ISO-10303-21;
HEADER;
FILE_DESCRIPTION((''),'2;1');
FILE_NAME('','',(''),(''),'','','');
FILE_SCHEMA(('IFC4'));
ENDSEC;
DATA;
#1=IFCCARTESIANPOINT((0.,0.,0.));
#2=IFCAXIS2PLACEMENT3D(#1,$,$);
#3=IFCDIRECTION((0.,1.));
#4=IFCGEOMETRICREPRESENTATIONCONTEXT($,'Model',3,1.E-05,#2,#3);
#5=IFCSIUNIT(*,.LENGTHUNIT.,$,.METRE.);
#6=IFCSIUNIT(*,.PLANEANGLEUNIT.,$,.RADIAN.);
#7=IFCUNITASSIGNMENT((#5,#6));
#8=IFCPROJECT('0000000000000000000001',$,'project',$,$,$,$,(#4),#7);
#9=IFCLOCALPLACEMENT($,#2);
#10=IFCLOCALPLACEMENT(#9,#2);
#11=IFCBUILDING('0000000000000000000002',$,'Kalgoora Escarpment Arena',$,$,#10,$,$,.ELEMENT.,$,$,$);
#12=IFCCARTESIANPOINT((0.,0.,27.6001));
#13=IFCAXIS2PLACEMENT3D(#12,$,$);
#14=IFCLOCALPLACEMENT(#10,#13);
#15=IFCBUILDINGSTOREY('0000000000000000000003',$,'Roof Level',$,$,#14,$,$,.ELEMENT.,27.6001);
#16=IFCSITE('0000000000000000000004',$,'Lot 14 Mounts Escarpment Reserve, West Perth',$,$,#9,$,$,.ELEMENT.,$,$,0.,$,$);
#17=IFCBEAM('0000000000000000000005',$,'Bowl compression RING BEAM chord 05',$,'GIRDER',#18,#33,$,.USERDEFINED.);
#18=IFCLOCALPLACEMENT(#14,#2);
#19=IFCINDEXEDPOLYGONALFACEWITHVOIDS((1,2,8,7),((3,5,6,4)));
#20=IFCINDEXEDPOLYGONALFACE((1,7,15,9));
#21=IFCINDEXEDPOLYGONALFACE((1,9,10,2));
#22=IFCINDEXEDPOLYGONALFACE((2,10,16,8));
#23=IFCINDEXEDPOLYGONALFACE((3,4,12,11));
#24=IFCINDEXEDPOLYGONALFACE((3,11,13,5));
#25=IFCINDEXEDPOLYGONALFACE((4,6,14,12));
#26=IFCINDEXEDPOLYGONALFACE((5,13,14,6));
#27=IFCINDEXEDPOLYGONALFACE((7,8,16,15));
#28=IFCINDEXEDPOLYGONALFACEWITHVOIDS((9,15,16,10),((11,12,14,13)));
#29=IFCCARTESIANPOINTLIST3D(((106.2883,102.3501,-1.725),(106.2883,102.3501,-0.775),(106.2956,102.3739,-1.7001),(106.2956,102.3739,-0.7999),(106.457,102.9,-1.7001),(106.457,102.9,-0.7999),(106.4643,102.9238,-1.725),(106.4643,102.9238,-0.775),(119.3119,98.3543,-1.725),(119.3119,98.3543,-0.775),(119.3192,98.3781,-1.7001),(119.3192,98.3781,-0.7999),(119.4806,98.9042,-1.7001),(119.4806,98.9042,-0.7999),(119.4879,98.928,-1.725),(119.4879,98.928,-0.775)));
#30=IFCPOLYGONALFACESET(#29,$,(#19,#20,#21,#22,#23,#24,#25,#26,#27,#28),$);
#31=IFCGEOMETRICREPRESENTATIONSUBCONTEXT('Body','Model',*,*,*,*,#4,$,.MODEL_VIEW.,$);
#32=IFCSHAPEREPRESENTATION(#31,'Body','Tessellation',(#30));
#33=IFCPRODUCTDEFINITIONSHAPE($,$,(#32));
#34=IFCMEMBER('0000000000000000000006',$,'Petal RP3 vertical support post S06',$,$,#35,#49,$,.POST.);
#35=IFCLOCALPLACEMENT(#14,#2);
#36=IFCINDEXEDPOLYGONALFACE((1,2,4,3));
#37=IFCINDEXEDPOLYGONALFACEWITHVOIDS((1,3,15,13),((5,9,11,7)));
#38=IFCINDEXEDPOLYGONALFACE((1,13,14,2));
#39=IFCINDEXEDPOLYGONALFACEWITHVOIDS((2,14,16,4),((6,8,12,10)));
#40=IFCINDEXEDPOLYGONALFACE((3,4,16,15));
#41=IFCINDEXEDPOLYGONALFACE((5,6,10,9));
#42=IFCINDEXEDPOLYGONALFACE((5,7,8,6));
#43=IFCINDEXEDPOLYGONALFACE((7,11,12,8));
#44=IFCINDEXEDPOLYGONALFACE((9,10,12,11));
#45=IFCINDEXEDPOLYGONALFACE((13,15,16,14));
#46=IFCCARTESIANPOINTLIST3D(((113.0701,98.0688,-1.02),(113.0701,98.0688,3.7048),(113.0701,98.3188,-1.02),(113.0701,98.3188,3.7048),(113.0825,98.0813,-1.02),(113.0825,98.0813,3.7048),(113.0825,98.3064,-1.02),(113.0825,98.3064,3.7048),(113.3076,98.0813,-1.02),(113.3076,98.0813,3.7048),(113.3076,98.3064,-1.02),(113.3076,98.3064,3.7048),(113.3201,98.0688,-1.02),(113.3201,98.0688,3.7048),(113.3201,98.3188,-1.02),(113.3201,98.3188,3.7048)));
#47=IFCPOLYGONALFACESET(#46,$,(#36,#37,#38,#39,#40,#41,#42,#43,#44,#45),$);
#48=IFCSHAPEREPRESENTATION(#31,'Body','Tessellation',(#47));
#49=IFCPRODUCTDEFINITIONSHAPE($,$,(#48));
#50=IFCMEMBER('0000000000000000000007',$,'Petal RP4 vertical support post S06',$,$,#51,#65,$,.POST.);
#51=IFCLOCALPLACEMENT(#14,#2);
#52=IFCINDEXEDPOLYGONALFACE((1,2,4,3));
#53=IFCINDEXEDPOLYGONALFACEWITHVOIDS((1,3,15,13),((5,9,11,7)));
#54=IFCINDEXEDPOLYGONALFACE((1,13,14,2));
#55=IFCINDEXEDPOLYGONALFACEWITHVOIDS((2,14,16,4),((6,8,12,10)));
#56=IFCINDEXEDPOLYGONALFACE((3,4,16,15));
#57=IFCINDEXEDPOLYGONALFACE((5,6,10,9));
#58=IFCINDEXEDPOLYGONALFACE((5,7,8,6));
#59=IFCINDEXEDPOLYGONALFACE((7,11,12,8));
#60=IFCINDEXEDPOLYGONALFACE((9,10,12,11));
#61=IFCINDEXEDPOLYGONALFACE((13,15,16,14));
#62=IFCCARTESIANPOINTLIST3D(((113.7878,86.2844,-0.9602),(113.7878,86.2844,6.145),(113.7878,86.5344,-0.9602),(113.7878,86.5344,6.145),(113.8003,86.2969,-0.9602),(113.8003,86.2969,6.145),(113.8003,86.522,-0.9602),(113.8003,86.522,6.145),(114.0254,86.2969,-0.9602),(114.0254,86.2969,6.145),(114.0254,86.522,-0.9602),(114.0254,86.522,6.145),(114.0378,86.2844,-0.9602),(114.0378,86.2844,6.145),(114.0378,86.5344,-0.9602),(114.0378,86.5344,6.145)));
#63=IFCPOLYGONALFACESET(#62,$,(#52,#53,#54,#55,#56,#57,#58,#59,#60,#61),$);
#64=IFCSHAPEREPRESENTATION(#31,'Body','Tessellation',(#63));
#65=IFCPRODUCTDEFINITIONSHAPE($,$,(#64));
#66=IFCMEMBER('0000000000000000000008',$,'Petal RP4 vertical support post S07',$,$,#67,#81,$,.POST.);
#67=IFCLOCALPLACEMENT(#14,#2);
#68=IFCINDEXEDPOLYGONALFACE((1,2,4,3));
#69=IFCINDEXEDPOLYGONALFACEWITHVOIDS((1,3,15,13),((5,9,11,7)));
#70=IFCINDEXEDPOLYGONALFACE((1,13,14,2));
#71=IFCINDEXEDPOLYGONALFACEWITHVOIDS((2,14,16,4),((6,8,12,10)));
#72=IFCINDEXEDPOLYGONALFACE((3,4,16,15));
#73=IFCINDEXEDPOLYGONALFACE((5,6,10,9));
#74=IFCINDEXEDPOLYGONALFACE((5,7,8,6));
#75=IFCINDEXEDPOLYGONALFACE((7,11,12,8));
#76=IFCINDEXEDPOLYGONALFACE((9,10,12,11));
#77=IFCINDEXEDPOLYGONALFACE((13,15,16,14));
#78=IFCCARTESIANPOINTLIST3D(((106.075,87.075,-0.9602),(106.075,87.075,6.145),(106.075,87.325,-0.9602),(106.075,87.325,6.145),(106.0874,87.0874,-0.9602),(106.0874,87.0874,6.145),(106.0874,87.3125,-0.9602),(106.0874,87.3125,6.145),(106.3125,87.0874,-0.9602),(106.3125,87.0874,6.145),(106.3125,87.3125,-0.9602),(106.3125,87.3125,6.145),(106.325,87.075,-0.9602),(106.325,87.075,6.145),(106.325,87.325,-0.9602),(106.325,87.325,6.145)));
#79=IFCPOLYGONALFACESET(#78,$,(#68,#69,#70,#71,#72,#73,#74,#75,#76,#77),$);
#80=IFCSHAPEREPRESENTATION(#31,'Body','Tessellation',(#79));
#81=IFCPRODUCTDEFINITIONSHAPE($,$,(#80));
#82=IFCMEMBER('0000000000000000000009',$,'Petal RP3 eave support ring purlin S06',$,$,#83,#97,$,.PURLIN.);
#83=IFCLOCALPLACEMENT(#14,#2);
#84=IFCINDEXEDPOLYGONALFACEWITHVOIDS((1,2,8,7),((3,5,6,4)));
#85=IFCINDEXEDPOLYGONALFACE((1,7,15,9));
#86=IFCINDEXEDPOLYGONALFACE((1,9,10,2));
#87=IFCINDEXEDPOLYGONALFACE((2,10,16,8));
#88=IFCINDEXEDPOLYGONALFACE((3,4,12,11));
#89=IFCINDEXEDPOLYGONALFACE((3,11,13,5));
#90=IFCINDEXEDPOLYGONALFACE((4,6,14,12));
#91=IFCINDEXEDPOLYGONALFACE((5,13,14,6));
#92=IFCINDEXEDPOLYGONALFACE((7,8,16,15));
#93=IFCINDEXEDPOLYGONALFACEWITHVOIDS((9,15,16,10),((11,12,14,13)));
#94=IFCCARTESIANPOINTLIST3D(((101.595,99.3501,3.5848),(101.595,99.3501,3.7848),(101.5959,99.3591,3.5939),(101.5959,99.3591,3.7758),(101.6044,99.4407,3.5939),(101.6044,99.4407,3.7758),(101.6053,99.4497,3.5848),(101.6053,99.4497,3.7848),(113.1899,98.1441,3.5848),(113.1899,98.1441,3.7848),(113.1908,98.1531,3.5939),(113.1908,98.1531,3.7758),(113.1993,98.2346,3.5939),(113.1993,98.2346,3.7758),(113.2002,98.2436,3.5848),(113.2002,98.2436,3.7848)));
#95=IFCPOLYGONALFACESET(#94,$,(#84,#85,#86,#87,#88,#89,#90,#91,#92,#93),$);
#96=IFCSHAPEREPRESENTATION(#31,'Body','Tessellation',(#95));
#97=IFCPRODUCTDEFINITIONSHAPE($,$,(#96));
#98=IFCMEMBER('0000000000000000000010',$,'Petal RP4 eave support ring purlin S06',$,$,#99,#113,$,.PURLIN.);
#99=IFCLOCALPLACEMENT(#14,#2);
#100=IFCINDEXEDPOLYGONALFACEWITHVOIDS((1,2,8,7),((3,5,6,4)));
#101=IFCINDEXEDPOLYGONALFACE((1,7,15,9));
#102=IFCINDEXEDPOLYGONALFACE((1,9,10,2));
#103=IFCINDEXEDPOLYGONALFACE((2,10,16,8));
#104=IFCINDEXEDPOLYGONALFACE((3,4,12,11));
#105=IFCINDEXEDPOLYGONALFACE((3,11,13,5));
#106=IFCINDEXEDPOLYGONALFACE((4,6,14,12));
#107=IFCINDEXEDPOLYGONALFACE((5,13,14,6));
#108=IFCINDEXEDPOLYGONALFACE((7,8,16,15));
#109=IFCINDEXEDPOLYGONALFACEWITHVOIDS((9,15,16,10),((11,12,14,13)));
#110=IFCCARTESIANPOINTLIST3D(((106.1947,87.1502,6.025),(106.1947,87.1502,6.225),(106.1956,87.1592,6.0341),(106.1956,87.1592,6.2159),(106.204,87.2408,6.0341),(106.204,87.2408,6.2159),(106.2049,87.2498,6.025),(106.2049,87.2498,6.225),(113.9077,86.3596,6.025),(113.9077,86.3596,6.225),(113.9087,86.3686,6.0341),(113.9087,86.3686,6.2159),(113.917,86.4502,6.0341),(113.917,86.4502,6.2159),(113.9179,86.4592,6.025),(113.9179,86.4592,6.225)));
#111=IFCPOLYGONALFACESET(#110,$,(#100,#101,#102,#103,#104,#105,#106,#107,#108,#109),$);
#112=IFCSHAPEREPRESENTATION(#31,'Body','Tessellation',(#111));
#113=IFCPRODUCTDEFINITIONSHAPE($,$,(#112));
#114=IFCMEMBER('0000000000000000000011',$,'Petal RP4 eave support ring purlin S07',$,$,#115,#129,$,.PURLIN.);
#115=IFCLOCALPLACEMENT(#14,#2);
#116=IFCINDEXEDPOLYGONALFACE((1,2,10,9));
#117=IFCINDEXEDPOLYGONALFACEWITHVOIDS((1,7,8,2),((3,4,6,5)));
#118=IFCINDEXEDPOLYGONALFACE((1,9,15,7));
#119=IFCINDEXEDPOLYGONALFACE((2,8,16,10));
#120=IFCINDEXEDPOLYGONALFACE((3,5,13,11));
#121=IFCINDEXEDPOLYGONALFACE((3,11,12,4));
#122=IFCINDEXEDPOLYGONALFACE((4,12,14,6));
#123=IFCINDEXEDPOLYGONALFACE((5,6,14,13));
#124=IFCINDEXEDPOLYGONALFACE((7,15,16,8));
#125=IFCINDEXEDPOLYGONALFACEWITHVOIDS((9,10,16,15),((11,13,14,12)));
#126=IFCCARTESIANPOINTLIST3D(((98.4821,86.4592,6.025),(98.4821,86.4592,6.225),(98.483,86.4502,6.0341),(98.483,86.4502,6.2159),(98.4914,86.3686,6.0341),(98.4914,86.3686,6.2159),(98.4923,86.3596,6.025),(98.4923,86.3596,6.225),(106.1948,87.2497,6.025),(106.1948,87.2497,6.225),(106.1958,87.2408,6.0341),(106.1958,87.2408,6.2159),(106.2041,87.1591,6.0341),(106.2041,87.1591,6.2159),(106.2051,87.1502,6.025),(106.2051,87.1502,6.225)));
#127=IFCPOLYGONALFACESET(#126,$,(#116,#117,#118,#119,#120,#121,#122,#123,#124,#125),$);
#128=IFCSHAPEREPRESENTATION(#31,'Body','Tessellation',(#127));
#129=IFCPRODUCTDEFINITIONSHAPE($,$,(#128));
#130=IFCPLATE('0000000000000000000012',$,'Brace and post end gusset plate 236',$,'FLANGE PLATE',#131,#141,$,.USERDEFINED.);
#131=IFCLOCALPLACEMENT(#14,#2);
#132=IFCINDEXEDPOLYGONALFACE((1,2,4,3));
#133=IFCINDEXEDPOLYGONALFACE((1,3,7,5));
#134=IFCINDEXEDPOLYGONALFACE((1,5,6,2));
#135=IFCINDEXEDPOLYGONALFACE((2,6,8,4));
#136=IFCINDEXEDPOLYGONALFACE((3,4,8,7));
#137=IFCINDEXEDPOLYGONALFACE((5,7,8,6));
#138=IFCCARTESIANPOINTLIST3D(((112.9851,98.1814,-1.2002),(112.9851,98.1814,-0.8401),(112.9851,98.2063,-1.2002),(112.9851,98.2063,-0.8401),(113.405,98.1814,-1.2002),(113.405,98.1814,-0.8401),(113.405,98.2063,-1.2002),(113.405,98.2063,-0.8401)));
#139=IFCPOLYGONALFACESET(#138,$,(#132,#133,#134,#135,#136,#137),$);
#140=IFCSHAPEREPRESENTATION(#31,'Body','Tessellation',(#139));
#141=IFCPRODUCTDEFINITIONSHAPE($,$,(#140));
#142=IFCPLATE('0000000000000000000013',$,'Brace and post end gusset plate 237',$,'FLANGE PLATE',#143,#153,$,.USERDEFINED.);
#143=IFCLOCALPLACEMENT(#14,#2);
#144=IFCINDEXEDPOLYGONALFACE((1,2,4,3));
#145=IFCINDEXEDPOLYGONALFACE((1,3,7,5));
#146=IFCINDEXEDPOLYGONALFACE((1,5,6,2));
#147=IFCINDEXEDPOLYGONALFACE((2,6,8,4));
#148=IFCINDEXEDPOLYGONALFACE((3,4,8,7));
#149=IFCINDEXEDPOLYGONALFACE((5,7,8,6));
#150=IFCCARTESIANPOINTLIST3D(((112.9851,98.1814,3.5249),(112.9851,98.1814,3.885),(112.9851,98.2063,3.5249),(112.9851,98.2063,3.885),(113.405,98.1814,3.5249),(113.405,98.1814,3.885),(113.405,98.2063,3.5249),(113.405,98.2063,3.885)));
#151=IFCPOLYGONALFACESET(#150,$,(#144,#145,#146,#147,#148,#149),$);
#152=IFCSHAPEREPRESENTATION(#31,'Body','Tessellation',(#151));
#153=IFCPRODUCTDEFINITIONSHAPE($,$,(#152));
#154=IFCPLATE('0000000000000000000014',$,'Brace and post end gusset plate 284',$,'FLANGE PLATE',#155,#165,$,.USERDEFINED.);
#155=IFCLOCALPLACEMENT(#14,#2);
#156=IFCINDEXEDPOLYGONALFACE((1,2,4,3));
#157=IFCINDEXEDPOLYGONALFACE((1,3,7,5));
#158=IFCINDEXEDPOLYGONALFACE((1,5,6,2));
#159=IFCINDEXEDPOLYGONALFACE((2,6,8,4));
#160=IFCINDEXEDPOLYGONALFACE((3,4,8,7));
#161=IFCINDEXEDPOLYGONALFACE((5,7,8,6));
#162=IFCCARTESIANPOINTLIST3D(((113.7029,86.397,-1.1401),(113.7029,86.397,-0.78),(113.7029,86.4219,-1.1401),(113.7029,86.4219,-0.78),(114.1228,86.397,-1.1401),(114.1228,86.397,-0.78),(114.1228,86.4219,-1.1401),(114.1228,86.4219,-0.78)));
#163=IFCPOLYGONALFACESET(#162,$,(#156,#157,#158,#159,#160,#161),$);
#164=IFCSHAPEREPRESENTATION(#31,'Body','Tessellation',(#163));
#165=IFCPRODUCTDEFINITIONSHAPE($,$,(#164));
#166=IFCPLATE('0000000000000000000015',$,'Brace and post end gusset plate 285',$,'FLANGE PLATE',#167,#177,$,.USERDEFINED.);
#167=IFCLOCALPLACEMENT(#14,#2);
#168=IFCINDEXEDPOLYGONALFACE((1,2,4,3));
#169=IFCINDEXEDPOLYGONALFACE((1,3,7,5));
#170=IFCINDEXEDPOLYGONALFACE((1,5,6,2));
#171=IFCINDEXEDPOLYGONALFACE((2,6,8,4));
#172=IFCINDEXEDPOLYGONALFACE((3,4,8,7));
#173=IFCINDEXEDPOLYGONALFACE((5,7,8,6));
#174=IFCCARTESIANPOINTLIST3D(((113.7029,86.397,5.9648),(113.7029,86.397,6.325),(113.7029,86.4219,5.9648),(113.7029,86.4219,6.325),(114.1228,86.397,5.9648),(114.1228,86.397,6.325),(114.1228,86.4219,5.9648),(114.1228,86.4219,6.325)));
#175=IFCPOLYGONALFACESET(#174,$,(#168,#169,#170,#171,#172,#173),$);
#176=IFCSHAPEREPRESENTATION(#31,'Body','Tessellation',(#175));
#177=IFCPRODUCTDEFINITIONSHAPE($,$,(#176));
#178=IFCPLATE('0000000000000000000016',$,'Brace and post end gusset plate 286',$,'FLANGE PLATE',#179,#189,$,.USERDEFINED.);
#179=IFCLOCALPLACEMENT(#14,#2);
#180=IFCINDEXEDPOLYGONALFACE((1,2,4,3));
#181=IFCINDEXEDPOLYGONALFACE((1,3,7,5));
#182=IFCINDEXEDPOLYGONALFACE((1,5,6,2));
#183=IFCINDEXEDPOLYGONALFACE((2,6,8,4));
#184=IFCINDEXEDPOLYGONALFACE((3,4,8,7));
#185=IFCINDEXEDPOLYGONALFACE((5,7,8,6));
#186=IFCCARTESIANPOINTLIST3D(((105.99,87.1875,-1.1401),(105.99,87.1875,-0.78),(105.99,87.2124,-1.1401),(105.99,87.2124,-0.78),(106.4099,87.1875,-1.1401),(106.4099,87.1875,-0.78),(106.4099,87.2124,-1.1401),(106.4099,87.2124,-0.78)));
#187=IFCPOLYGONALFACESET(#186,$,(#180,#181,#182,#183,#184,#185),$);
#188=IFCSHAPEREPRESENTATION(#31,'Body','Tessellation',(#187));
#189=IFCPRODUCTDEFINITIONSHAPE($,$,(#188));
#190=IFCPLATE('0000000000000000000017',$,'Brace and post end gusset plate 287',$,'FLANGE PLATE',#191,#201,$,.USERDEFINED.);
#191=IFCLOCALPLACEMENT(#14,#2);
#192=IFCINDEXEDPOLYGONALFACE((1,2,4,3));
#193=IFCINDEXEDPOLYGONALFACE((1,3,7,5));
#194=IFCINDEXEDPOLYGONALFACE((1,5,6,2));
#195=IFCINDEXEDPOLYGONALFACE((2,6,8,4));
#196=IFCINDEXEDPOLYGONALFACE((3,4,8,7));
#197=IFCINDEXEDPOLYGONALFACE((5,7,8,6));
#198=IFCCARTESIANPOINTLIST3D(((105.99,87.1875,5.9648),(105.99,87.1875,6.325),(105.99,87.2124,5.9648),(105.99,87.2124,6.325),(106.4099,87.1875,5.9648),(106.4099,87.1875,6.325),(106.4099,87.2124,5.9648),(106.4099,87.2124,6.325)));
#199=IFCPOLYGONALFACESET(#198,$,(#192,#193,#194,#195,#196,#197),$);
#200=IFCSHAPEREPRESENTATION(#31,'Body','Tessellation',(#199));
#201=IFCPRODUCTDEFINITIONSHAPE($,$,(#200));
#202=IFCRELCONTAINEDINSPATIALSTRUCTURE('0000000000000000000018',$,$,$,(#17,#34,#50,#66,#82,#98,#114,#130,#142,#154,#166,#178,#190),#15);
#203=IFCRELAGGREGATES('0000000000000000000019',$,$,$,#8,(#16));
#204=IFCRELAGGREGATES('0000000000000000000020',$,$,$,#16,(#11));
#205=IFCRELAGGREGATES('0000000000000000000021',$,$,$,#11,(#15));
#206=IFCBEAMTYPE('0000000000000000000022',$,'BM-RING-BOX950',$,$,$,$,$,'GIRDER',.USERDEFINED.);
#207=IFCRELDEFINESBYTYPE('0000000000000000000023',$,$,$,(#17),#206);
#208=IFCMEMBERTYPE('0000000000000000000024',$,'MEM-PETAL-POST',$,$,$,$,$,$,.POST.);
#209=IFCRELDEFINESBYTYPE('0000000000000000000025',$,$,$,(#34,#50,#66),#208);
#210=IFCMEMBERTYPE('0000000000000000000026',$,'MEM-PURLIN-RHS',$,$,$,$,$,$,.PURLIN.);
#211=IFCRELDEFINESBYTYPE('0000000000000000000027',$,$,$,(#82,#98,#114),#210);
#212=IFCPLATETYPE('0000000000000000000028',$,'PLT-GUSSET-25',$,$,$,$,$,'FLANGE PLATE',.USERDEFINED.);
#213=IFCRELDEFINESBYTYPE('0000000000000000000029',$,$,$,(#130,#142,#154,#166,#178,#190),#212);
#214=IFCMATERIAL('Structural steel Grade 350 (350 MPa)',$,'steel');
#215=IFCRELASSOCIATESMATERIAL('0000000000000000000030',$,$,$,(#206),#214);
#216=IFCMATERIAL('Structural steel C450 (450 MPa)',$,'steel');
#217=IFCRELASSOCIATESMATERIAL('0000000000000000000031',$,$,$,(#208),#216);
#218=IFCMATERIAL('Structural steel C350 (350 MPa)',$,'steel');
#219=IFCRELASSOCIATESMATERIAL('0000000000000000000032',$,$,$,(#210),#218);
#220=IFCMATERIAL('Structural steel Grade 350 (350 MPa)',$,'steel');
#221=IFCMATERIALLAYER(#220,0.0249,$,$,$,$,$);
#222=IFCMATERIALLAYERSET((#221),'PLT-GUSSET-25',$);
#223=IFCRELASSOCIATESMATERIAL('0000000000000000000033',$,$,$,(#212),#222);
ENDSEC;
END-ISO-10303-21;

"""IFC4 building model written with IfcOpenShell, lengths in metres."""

from ifc_helpers import new_model, si_unit, direction, frame, origin, origin_2d, place, context, subcontext, project, spatial, rectangle, hollow_rectangle, extrude, material, layer, layer_set, material_profile, profile_set, type_object, element, save


model = new_model("IFC4")

# Units and contexts
model_context = context("Model", 3, precision=1e-05, world=origin(), true_north=direction((0.0, 1.0)))
body_context = subcontext(model_context, "Body", "Model", "MODEL_VIEW")
ifc_project = project(units=[si_unit("LENGTHUNIT", "METRE"), si_unit("PLANEANGLEUNIT", "RADIAN")], contexts=[model_context])

# Site, building, storey
site_placement = place(None, origin())
site = spatial("IfcSite", under=ifc_project, at=site_placement, Name="Lot 14 Mounts Escarpment Reserve, West Perth", CompositionType="ELEMENT", RefElevation=0.0)
building_placement = place(site_placement, origin())
building = spatial("IfcBuilding", under=site, at=building_placement, Name="Kalgoora Escarpment Arena", CompositionType="ELEMENT")
storey_placement = place(building_placement, frame((0.0, 0.0, 27.6001)))
storey = spatial("IfcBuildingStorey", under=building, at=storey_placement, Name="Roof Level", CompositionType="ELEMENT", Elevation=27.6001)

# Beam
ifc_material_1 = material(Name="Structural steel Grade 350 (350 MPa)", Category="steel")
ifc_material_profile_1 = material_profile(ifc_material_1, hollow_rectangle(XDim=0.6001, YDim=0.95, WallThickness=0.0249, at=origin_2d()))
ifc_profile_set_1 = profile_set([ifc_material_profile_1], Name="Structural steel Grade 350 (350 MPa)")
beam_type = type_object("IfcBeamType", Name="BM-RING-BOX950", ElementType="GIRDER", PredefinedType="USERDEFINED", material=ifc_profile_set_1)
beam_placement = place(storey_placement, frame((119.3999, 98.6411, -1.25), z_axis=(-0.956015, 0.293319, 0.0), x_axis=(-0.293319, -0.956015, 0.0)))
element("IfcBeam", 1, at=beam_placement, inside=storey, type_object=beam_type, Name="Bowl compression RING BEAM chord 05", ObjectType="GIRDER", PredefinedType="USERDEFINED", context=body_context, shape_type="SweptSolid", body=[
    extrude(hollow_rectangle(XDim=0.6001, YDim=0.95, WallThickness=0.0249, at=origin_2d()), origin(), (0.0, 0.0, 1.0), 13.6228),
])

# Members
ifc_material_2 = material(Name="Structural steel C450 (450 MPa)", Category="steel")
ifc_material_profile_2 = material_profile(ifc_material_2, hollow_rectangle(XDim=0.25, YDim=0.25, WallThickness=0.0125, at=origin_2d()))
ifc_profile_set_2 = profile_set([ifc_material_profile_2], Name="Structural steel C450 (450 MPa)")
member_type_1 = type_object("IfcMemberType", Name="MEM-PETAL-POST", PredefinedType="POST", material=ifc_profile_set_2)
member_1_placement = place(storey_placement, frame((113.1951, 98.1938, -1.02), z_axis=(0.0, 0.0, 1.0), x_axis=(1.0, 0.0, 0.0)))
element("IfcMember", 2, at=member_1_placement, inside=storey, type_object=member_type_1, Name="Petal RP3 vertical support post S06", PredefinedType="POST", context=body_context, shape_type="SweptSolid", body=[
    extrude(hollow_rectangle(XDim=0.25, YDim=0.25, WallThickness=0.0125, at=origin_2d()), origin(), (0.0, 0.0, 1.0), 4.7249),
])
for number, where, z_axis, x_axis, name in (
    (3, (113.9128, 86.4094, -0.9602), (0.0, 0.0, 1.0), (1.0, 0.0, 0.0), "Petal RP4 vertical support post S06"),
    (4, (106.2, 87.2, -0.9602), (0.0, 0.0, 1.0), (1.0, 0.0, 0.0), "Petal RP4 vertical support post S07"),
):
    element("IfcMember", number, at=place(storey_placement, frame(where, z_axis=z_axis, x_axis=x_axis)), inside=storey, type_object=member_type_1, Name=name, PredefinedType="POST", context=body_context, shape_type="SweptSolid", body=[
        extrude(hollow_rectangle(XDim=0.25, YDim=0.25, WallThickness=0.0125, at=origin_2d()), origin(), (0.0, 0.0, 1.0), 7.1052),
    ])
ifc_material_3 = material(Name="Structural steel C350 (350 MPa)", Category="steel")
ifc_material_profile_3 = material_profile(ifc_material_3, hollow_rectangle(XDim=0.1001, YDim=0.2, WallThickness=0.009, at=origin_2d()))
ifc_profile_set_3 = profile_set([ifc_material_profile_3], Name="Structural steel C350 (350 MPa)")
member_type_2 = type_object("IfcMemberType", Name="MEM-PURLIN-RHS", PredefinedType="PURLIN", material=ifc_profile_set_3)
member_2_placement = place(storey_placement, frame((113.1951, 98.1938, 3.6848), z_axis=(-0.994634, 0.103457, 0.0), x_axis=(-0.103457, -0.994634, 0.0)))
element("IfcMember", 5, at=member_2_placement, inside=storey, type_object=member_type_2, Name="Petal RP3 eave support ring purlin S06", PredefinedType="PURLIN", context=body_context, shape_type="SweptSolid", body=[
    extrude(hollow_rectangle(XDim=0.1001, YDim=0.2, WallThickness=0.009, at=origin_2d()), origin(), (0.0, 0.0, 1.0), 11.6575),
])
member_3_placement = place(storey_placement, frame((113.9128, 86.4094, 6.125), z_axis=(-0.994788, 0.10196, 0.0), x_axis=(-0.10196, -0.994788, 0.0)))
element("IfcMember", 6, at=member_3_placement, inside=storey, type_object=member_type_2, Name="Petal RP4 eave support ring purlin S06", PredefinedType="PURLIN", context=body_context, shape_type="SweptSolid", body=[
    extrude(hollow_rectangle(XDim=0.1001, YDim=0.2, WallThickness=0.009, at=origin_2d()), origin(), (0.0, 0.0, 1.0), 7.7534),
])
member_4_placement = place(storey_placement, frame((106.2, 87.2, 6.125), z_axis=(-0.994788, -0.101963, 0.0), x_axis=(0.101963, -0.994788, 0.0)))
element("IfcMember", 7, at=member_4_placement, inside=storey, type_object=member_type_2, Name="Petal RP4 eave support ring purlin S07", PredefinedType="PURLIN", context=body_context, shape_type="SweptSolid", body=[
    extrude(hollow_rectangle(XDim=0.1001, YDim=0.2, WallThickness=0.009, at=origin_2d()), origin(), (0.0, 0.0, 1.0), 7.7532),
])

# Plates
ifc_material_4 = material(Name="Structural steel Grade 350 (350 MPa)", Category="steel")
ifc_layer_1 = layer(ifc_material_4, 0.0249)
ifc_layer_set_1 = layer_set([ifc_layer_1], Name="PLT-GUSSET-25")
plate_type_1 = type_object("IfcPlateType", Name="PLT-GUSSET-25", ElementType="FLANGE PLATE", PredefinedType="USERDEFINED", material=ifc_layer_set_1)
for number, where, z_axis, x_axis, name in (
    (8, (113.1951, 98.1938, -1.2002), (0.0, 0.0, 1.0), (1.0, 0.0, 0.0), "Brace and post end gusset plate 236"),
    (9, (113.1951, 98.1938, 3.5249), (0.0, 0.0, 1.0), (1.0, 0.0, 0.0), "Brace and post end gusset plate 237"),
    (10, (113.9128, 86.4094, -1.1401), (0.0, 0.0, 1.0), (1.0, 0.0, 0.0), "Brace and post end gusset plate 284"),
    (11, (113.9128, 86.4094, 5.9648), (0.0, 0.0, 1.0), (1.0, 0.0, 0.0), "Brace and post end gusset plate 285"),
    (12, (106.2, 87.2, -1.1401), (0.0, 0.0, 1.0), (1.0, 0.0, 0.0), "Brace and post end gusset plate 286"),
    (13, (106.2, 87.2, 5.9648), (0.0, 0.0, 1.0), (1.0, 0.0, 0.0), "Brace and post end gusset plate 287"),
):
    element("IfcPlate", number, at=place(storey_placement, frame(where, z_axis=z_axis, x_axis=x_axis)), inside=storey, type_object=plate_type_1, Name=name, ObjectType="FLANGE PLATE", PredefinedType="USERDEFINED", context=body_context, shape_type="SweptSolid", body=[
        extrude(rectangle(XDim=0.4199, YDim=0.0249, at=origin_2d()), origin(), (0.0, 0.0, 1.0), 0.3601),
    ])

save(model, "model.ifc")
